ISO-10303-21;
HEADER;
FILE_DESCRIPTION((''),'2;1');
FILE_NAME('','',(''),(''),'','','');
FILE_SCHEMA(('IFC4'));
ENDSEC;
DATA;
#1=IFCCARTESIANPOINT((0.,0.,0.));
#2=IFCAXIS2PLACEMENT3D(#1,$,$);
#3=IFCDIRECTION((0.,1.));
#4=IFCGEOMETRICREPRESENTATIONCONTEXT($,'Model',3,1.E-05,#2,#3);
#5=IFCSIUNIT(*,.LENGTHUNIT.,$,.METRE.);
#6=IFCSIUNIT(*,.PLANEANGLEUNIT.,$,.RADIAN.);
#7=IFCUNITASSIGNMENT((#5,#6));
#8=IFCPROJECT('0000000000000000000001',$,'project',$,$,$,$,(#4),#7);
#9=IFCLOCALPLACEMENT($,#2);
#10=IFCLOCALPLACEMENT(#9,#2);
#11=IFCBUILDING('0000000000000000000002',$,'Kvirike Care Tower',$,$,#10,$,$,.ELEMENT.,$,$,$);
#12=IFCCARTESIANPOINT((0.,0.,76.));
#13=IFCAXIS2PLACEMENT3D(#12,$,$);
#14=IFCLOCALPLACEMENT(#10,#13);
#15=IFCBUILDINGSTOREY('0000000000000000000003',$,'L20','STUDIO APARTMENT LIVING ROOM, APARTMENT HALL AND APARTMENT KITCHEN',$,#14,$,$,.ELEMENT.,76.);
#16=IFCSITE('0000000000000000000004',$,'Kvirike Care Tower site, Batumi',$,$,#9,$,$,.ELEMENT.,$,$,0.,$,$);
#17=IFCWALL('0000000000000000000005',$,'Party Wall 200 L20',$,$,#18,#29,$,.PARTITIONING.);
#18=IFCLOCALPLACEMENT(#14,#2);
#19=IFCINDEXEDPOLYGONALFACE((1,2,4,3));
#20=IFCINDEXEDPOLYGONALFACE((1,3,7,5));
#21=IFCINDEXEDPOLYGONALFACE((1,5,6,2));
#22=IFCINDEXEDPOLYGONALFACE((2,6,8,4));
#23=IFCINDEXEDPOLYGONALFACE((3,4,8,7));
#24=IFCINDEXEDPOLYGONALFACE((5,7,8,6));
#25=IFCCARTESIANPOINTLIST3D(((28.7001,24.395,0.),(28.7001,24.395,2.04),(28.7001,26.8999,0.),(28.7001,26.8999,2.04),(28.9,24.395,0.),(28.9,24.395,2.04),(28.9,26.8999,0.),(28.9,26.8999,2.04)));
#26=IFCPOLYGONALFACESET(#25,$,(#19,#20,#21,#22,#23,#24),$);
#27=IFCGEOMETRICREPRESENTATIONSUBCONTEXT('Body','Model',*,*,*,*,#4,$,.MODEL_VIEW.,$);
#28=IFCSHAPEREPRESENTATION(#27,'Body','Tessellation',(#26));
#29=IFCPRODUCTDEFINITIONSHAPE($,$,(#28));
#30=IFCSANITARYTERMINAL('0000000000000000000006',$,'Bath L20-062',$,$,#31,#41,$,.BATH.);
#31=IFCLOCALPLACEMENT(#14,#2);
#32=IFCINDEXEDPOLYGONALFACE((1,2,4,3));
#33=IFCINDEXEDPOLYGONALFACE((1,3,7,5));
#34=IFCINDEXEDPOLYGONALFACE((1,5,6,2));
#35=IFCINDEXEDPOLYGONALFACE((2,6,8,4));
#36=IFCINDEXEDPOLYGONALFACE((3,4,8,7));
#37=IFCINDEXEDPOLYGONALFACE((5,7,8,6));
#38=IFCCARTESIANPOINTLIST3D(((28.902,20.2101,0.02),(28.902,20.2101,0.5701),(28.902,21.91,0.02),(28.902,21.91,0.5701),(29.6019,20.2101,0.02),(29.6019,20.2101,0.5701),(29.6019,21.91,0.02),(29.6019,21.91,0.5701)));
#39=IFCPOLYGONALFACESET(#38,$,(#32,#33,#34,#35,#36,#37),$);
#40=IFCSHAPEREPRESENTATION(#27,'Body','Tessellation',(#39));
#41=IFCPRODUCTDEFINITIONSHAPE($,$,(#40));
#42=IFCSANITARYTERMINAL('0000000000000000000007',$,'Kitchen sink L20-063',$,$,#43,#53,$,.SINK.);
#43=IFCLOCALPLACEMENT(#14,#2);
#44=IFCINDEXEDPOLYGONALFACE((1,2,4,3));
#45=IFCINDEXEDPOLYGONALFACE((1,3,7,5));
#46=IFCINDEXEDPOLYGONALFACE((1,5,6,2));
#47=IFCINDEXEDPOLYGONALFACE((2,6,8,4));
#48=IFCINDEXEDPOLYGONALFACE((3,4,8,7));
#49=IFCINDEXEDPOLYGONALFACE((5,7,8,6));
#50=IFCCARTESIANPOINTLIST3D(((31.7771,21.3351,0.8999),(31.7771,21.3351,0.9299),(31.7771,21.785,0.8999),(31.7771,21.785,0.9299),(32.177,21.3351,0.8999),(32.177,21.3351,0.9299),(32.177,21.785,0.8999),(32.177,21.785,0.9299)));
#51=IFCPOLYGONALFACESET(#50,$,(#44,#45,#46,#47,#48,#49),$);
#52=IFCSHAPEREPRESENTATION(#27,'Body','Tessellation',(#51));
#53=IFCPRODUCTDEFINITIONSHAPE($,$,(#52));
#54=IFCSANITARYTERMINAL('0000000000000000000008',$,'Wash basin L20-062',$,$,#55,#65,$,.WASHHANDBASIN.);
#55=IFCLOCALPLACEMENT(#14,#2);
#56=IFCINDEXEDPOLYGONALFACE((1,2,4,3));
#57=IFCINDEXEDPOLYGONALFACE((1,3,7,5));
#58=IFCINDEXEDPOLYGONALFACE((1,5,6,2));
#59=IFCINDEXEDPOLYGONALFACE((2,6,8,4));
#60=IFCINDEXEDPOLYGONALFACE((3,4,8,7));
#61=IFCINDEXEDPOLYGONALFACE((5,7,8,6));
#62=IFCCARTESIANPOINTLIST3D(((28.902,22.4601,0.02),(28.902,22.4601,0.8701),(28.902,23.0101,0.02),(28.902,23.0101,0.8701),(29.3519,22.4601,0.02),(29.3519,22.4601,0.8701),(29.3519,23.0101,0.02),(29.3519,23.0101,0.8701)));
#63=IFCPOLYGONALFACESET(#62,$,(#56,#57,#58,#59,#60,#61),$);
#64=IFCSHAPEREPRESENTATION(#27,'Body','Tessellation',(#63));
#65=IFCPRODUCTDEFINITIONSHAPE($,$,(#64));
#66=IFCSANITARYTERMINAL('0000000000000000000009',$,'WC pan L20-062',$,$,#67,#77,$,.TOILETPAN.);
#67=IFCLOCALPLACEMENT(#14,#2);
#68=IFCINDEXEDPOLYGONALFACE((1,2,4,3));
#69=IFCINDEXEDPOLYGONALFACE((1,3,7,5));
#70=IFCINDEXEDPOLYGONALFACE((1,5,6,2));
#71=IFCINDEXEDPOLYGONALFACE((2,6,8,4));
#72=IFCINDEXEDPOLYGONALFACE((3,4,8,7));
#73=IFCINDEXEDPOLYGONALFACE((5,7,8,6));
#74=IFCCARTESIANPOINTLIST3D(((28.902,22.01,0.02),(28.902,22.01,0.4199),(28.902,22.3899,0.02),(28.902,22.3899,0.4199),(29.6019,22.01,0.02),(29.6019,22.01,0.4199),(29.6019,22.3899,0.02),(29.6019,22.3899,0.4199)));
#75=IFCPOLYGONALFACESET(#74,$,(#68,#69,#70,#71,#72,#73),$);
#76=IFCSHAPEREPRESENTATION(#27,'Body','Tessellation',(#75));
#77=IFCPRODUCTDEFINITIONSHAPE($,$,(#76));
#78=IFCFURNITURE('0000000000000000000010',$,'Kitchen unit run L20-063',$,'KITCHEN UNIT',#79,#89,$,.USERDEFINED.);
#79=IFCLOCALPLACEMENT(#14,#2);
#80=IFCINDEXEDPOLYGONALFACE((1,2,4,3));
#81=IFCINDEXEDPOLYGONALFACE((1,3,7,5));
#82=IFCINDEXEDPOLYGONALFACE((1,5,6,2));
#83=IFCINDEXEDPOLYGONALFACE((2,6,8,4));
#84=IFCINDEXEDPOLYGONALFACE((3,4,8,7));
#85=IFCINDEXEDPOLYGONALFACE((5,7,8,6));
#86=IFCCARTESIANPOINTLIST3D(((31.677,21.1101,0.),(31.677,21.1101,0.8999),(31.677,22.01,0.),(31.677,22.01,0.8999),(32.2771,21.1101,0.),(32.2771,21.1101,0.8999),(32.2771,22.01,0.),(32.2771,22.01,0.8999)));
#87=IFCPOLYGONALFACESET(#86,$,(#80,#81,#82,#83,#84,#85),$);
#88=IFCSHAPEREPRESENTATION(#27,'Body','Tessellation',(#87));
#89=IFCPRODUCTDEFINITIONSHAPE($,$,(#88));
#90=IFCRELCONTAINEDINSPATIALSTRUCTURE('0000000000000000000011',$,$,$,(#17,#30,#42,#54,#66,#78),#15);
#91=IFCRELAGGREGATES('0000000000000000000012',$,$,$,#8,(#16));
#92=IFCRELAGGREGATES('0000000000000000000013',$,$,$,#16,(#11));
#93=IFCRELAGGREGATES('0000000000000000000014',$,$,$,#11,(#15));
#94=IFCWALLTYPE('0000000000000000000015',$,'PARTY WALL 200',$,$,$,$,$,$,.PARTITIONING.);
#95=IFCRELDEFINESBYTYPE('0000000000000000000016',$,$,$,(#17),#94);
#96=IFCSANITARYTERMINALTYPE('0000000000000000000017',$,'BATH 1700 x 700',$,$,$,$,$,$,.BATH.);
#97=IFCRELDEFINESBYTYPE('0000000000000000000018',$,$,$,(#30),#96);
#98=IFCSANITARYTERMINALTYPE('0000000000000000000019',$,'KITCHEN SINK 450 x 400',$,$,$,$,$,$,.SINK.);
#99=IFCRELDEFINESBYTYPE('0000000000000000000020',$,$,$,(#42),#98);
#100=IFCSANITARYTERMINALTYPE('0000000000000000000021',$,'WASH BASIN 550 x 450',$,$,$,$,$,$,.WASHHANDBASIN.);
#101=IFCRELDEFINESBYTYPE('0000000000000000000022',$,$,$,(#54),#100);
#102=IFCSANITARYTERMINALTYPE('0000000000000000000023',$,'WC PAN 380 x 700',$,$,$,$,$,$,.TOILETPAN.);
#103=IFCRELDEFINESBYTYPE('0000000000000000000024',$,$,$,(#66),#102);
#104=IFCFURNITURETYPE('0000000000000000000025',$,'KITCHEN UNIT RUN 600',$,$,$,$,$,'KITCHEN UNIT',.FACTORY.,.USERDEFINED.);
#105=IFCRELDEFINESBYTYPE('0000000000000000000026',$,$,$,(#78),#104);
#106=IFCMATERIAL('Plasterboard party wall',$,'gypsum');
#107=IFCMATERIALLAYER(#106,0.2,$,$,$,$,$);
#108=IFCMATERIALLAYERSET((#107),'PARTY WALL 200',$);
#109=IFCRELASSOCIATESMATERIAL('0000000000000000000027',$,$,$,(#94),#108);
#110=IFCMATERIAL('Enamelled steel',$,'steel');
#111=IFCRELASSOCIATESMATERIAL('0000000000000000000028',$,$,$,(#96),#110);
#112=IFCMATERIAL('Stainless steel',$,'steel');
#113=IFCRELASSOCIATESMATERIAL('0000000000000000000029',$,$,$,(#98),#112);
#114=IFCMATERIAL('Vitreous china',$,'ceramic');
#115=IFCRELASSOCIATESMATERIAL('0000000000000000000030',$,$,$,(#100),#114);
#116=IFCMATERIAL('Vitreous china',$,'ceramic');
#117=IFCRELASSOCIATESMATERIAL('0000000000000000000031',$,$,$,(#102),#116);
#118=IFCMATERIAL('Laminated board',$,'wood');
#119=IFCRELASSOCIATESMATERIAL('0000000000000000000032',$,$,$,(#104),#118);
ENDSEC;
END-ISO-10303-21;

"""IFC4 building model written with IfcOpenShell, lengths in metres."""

from ifc_helpers import new_model, si_unit, direction, frame, frame_2d, origin, origin_2d, place, context, subcontext, project, spatial, rectangle, extrude, material, layer, layer_set, type_object, element, save


model = new_model("IFC4")

# Units and contexts
model_context = context("Model", 3, precision=1e-05, world=origin(), true_north=direction((0.0, 1.0)))
body_context = subcontext(model_context, "Body", "Model", "MODEL_VIEW")
ifc_project = project(units=[si_unit("LENGTHUNIT", "METRE"), si_unit("PLANEANGLEUNIT", "RADIAN")], contexts=[model_context])

# Site, building, storey
site_placement = place(None, origin())
site = spatial("IfcSite", under=ifc_project, at=site_placement, Name="Kvirike Care Tower site, Batumi", CompositionType="ELEMENT", RefElevation=0.0)
building_placement = place(site_placement, origin())
building = spatial("IfcBuilding", under=site, at=building_placement, Name="Kvirike Care Tower", CompositionType="ELEMENT")
storey_placement = place(building_placement, frame((0.0, 0.0, 76.0)))
storey = spatial("IfcBuildingStorey", under=building, at=storey_placement, Name="L20", Description="STUDIO APARTMENT LIVING ROOM, APARTMENT HALL AND APARTMENT KITCHEN", CompositionType="ELEMENT", Elevation=76.0)

# Wall
ifc_material_1 = material(Name="Plasterboard party wall", Category="gypsum")
ifc_layer_1 = layer(ifc_material_1, 0.2)
ifc_layer_set_1 = layer_set([ifc_layer_1], Name="PARTY WALL 200")
wall_type_1 = type_object("IfcWallType", Name="PARTY WALL 200", PredefinedType="PARTITIONING", material=ifc_layer_set_1)
wall_1_placement = place(storey_placement, frame((28.8, 24.395, 0.0), z_axis=(0.0, 0.0, 1.0), x_axis=(0.0, 1.0, 0.0)))
element("IfcWall", 1, at=wall_1_placement, inside=storey, type_object=wall_type_1, Name="Party Wall 200 L20", PredefinedType="PARTITIONING", context=body_context, shape_type="SweptSolid", body=[
    extrude(rectangle(XDim=2.5049, YDim=0.2, at=frame_2d((1.2524, 0.0))), origin(), (0.0, 0.0, 1.0), 2.04),
])

# Sanitary terminals
ifc_material_2 = material(Name="Enamelled steel", Category="steel")
sanitary_terminal_type_1 = type_object("IfcSanitaryTerminalType", Name="BATH 1700 x 700", PredefinedType="BATH", material=ifc_material_2)
sanitary_terminal_1_placement = place(storey_placement, frame((29.252, 21.0601, 0.02), z_axis=(0.0, 0.0, 1.0), x_axis=(0.0, 1.0, 0.0)))
element("IfcSanitaryTerminal", 2, at=sanitary_terminal_1_placement, inside=storey, type_object=sanitary_terminal_type_1, Name="Bath L20-062", PredefinedType="BATH", context=body_context, shape_type="SweptSolid", body=[
    extrude(rectangle(XDim=1.7, YDim=0.7, at=origin_2d()), origin(), (0.0, 0.0, 1.0), 0.55),
])
ifc_material_3 = material(Name="Stainless steel", Category="steel")
sanitary_terminal_type_2 = type_object("IfcSanitaryTerminalType", Name="KITCHEN SINK 450 x 400", PredefinedType="SINK", material=ifc_material_3)
sanitary_terminal_2_placement = place(storey_placement, frame((31.9771, 21.5601, 0.8999), z_axis=(0.0, 0.0, 1.0), x_axis=(0.0, 1.0, 0.0)))
element("IfcSanitaryTerminal", 3, at=sanitary_terminal_2_placement, inside=storey, type_object=sanitary_terminal_type_2, Name="Kitchen sink L20-063", PredefinedType="SINK", context=body_context, shape_type="SweptSolid", body=[
    extrude(rectangle(XDim=0.45, YDim=0.3999, at=origin_2d()), origin(), (0.0, 0.0, 1.0), 0.03),
])
ifc_material_4 = material(Name="Vitreous china", Category="ceramic")
sanitary_terminal_type_3 = type_object("IfcSanitaryTerminalType", Name="WASH BASIN 550 x 450", PredefinedType="WASHHANDBASIN", material=ifc_material_4)
sanitary_terminal_3_placement = place(storey_placement, frame((29.127, 22.7351, 0.02), z_axis=(0.0, 0.0, 1.0), x_axis=(0.0, 1.0, 0.0)))
element("IfcSanitaryTerminal", 4, at=sanitary_terminal_3_placement, inside=storey, type_object=sanitary_terminal_type_3, Name="Wash basin L20-062", PredefinedType="WASHHANDBASIN", context=body_context, shape_type="SweptSolid", body=[
    extrude(rectangle(XDim=0.55, YDim=0.45, at=origin_2d()), origin(), (0.0, 0.0, 1.0), 0.8501),
])
ifc_material_5 = material(Name="Vitreous china", Category="ceramic")
sanitary_terminal_type_4 = type_object("IfcSanitaryTerminalType", Name="WC PAN 380 x 700", PredefinedType="TOILETPAN", material=ifc_material_5)
sanitary_terminal_4_placement = place(storey_placement, frame((29.252, 22.2, 0.02), z_axis=(0.0, 0.0, 1.0), x_axis=(0.0, 1.0, 0.0)))
element("IfcSanitaryTerminal", 5, at=sanitary_terminal_4_placement, inside=storey, type_object=sanitary_terminal_type_4, Name="WC pan L20-062", PredefinedType="TOILETPAN", context=body_context, shape_type="SweptSolid", body=[
    extrude(rectangle(XDim=0.3799, YDim=0.7, at=origin_2d()), origin(), (0.0, 0.0, 1.0), 0.3999),
])

# Furniture
ifc_material_6 = material(Name="Laminated board", Category="wood")
furniture_type = type_object("IfcFurnitureType", Name="KITCHEN UNIT RUN 600", ElementType="KITCHEN UNIT", AssemblyPlace="FACTORY", PredefinedType="USERDEFINED", material=ifc_material_6)
furniture_placement = place(storey_placement, frame((31.9771, 21.5601, 0.0), z_axis=(0.0, 0.0, 1.0), x_axis=(0.0, 1.0, 0.0)))
element("IfcFurniture", 6, at=furniture_placement, inside=storey, type_object=furniture_type, Name="Kitchen unit run L20-063", ObjectType="KITCHEN UNIT", PredefinedType="USERDEFINED", context=body_context, shape_type="SweptSolid", body=[
    extrude(rectangle(XDim=0.8999, YDim=0.6001, at=origin_2d()), origin(), (0.0, 0.0, 1.0), 0.8999),
])

save(model, "model.ifc")
